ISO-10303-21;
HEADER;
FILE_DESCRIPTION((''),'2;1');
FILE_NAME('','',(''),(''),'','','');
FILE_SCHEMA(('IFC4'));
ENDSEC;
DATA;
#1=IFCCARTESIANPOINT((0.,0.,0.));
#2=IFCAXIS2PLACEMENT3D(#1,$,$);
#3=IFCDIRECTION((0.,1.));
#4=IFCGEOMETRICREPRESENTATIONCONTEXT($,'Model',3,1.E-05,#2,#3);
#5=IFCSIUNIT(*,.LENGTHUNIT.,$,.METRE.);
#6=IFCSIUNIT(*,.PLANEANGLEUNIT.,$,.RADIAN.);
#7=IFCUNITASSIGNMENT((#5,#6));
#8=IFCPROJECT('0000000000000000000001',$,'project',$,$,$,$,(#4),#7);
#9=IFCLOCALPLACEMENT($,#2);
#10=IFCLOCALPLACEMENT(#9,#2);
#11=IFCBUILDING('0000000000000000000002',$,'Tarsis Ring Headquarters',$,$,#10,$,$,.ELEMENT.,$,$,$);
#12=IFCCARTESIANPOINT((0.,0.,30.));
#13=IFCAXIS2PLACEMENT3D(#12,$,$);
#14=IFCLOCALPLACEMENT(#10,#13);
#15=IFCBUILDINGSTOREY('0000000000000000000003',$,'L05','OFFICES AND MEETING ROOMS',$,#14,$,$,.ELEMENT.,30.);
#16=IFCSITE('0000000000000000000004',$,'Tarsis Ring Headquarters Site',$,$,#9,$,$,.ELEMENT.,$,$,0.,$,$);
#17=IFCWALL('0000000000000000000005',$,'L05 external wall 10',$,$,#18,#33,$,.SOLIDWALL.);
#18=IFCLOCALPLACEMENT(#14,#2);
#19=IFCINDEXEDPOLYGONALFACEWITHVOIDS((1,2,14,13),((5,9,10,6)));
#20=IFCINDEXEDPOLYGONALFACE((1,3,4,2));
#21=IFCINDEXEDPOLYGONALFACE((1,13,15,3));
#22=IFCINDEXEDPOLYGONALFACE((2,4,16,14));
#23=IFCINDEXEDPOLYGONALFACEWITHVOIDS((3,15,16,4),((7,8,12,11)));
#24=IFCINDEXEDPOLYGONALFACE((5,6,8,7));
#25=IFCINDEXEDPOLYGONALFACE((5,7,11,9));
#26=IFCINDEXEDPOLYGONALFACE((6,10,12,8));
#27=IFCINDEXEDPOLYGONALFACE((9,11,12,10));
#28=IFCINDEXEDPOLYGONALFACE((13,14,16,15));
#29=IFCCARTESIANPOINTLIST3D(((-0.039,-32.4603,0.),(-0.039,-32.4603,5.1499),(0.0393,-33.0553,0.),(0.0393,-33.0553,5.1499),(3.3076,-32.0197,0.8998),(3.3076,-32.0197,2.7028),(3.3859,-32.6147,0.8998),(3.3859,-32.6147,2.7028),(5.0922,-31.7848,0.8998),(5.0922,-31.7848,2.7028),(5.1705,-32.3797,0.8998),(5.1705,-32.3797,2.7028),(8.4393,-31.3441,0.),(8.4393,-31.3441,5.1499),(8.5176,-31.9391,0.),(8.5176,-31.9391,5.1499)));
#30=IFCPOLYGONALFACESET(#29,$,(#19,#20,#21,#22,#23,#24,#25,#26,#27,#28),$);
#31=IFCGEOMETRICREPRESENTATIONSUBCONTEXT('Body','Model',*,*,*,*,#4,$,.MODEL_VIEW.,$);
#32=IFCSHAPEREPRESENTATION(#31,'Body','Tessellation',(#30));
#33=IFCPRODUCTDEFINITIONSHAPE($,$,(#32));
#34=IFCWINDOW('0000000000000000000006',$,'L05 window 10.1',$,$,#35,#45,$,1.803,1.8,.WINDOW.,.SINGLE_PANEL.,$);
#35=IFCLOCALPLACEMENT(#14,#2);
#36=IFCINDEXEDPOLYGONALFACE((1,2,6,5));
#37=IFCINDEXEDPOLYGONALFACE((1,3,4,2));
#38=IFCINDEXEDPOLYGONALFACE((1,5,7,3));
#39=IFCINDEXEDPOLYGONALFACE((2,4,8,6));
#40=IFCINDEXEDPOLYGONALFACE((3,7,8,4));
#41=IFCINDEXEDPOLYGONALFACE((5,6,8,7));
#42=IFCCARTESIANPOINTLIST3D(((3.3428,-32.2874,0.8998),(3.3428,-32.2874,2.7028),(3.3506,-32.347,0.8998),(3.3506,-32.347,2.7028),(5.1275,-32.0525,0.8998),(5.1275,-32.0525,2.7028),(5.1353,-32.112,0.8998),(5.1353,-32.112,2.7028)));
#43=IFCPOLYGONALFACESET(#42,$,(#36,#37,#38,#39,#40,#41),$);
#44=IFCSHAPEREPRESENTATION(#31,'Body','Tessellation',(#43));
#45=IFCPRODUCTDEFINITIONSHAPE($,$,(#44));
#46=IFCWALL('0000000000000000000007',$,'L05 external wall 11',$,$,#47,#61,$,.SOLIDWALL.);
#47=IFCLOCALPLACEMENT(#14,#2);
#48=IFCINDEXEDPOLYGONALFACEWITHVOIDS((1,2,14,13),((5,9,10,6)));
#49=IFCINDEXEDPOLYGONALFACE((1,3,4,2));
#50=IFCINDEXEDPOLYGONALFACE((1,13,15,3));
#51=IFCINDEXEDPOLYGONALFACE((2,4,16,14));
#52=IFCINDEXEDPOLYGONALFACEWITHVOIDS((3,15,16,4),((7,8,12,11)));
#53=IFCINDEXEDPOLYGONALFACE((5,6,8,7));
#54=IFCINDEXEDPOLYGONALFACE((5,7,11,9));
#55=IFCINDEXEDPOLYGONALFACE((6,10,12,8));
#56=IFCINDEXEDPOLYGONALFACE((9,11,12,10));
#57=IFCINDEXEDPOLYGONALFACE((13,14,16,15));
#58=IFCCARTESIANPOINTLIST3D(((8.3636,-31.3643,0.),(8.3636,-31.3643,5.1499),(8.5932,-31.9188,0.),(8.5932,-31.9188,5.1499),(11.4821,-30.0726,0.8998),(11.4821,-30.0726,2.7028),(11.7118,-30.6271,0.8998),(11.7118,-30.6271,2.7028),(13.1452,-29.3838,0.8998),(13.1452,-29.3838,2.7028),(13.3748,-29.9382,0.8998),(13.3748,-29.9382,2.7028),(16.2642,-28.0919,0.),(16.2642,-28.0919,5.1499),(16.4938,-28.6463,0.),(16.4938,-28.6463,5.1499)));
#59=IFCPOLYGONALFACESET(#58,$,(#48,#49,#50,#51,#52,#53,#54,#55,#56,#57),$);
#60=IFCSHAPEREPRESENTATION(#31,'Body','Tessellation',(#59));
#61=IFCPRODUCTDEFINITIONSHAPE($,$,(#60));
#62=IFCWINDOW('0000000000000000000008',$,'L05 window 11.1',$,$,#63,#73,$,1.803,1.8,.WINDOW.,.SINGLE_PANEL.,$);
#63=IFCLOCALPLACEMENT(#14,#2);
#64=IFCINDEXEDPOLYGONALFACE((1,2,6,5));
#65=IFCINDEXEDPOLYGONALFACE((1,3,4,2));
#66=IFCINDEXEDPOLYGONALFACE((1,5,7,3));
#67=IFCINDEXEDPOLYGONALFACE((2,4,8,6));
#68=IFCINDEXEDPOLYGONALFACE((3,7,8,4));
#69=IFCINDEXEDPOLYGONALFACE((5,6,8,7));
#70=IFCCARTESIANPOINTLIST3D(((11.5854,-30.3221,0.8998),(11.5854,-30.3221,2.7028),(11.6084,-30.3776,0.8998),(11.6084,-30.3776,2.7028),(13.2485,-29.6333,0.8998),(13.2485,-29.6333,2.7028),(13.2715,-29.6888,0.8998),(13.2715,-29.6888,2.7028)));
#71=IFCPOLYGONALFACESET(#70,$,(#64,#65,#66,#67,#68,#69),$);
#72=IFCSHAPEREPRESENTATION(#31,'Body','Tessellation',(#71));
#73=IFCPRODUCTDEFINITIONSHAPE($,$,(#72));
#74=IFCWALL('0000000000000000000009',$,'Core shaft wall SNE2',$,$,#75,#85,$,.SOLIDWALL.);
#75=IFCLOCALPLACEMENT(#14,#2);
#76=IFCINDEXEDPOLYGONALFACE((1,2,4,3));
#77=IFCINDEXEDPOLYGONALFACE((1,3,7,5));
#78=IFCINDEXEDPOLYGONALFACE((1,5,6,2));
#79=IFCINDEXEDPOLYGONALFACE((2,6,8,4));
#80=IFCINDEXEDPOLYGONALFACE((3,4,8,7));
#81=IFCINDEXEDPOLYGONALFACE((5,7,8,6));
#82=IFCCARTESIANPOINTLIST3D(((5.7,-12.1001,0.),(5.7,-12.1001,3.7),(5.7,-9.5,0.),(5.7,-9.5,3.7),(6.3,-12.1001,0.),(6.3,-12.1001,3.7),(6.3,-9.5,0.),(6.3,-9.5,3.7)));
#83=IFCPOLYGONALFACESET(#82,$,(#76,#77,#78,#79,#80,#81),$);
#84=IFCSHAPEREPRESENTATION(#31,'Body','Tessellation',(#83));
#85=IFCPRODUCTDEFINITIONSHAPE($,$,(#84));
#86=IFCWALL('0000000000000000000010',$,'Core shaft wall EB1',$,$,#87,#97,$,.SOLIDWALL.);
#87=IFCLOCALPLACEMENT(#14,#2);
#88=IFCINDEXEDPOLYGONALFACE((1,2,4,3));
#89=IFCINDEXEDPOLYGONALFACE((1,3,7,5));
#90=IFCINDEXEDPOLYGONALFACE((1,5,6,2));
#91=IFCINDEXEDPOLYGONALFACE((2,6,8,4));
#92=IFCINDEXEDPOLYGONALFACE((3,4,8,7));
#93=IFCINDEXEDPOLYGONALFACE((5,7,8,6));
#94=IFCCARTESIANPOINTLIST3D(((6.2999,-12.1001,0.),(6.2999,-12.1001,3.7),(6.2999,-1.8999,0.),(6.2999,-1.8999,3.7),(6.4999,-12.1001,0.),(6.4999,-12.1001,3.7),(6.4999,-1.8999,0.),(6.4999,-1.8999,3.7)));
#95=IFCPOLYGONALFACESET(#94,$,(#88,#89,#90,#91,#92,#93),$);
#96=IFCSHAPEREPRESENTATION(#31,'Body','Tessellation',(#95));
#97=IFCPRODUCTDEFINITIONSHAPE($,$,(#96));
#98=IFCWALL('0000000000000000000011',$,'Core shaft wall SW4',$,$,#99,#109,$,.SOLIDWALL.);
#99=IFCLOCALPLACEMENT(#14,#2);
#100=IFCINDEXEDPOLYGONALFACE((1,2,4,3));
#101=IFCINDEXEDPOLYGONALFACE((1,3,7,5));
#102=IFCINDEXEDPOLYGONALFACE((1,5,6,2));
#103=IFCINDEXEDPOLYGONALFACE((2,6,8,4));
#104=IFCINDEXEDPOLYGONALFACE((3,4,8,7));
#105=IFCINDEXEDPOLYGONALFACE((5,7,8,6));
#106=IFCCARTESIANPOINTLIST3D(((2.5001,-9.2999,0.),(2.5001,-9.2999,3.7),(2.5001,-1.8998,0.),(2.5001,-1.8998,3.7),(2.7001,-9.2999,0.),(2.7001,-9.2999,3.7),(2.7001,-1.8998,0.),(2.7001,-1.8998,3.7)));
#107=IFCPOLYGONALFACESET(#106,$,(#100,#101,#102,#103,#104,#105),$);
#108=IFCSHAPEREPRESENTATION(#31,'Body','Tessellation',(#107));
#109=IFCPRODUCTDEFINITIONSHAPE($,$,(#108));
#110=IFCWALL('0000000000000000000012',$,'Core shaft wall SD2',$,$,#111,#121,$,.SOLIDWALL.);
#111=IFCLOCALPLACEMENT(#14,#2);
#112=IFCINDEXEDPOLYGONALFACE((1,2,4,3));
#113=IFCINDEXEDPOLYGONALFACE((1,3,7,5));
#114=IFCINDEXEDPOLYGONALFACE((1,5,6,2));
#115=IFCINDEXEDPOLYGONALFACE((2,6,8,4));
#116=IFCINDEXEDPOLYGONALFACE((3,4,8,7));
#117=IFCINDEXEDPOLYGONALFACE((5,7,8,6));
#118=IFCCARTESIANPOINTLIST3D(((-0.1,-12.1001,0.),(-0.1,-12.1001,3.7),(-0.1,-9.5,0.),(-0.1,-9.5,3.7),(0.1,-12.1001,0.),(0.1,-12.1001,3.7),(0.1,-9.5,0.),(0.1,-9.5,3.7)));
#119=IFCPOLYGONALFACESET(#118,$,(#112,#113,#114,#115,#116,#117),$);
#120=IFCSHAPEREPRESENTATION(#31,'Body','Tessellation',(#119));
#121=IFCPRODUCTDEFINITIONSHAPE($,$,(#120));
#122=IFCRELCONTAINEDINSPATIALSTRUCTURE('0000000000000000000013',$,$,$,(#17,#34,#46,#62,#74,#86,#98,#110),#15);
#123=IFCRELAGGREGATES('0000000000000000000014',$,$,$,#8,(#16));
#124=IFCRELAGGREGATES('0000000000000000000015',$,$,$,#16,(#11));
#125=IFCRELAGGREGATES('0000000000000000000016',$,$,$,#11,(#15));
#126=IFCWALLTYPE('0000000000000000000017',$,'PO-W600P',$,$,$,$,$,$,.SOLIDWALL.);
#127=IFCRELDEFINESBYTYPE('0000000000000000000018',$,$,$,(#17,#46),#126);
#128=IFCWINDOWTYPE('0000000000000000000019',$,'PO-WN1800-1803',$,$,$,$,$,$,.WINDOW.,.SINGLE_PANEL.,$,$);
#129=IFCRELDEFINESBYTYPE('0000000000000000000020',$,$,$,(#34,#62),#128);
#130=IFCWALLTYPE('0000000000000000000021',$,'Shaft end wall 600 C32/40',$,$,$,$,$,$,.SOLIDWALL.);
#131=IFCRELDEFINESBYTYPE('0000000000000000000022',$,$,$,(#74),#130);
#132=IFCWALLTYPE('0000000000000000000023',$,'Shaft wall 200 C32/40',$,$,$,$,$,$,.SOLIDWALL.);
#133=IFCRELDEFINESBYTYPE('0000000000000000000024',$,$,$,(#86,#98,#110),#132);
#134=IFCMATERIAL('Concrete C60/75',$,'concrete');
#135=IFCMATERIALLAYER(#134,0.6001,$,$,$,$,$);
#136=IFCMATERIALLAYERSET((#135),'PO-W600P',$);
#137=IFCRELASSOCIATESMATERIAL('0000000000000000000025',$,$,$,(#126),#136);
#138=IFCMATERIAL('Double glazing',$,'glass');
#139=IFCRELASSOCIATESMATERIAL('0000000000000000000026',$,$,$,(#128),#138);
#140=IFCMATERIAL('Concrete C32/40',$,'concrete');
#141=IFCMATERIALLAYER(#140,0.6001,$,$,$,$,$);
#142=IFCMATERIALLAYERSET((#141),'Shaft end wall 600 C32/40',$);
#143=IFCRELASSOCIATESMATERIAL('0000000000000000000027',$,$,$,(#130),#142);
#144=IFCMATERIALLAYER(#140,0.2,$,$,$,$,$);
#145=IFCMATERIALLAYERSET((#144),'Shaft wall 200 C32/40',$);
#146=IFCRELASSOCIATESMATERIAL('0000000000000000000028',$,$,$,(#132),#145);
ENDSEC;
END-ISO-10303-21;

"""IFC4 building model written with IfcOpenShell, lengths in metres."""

from ifc_helpers import new_model, si_unit, direction, frame, frame_2d, origin, place, context, subcontext, project, spatial, rectangle, extrude, material, layer, layer_set, type_object, element, fill, save


model = new_model("IFC4")

# Units and contexts
model_context = context("Model", 3, precision=1e-05, world=origin(), true_north=direction((0.0, 1.0)))
body_context = subcontext(model_context, "Body", "Model", "MODEL_VIEW")
ifc_project = project(units=[si_unit("LENGTHUNIT", "METRE"), si_unit("PLANEANGLEUNIT", "RADIAN")], contexts=[model_context])

# Site, building, storey
site_placement = place(None, origin())
site = spatial("IfcSite", under=ifc_project, at=site_placement, Name="Tarsis Ring Headquarters Site", CompositionType="ELEMENT", RefElevation=0.0)
building_placement = place(site_placement, origin())
building = spatial("IfcBuilding", under=site, at=building_placement, Name="Tarsis Ring Headquarters", CompositionType="ELEMENT")
storey_placement = place(building_placement, frame((0.0, 0.0, 30.0)))
storey = spatial("IfcBuildingStorey", under=building, at=storey_placement, Name="L05", Description="OFFICES AND MEETING ROOMS", CompositionType="ELEMENT", Elevation=30.0)

# Shared definitions
ifc_material_1 = material(Name="Concrete C60/75", Category="concrete")
ifc_layer_1 = layer(ifc_material_1, 0.6001)
ifc_layer_set_1 = layer_set([ifc_layer_1], Name="PO-W600P")
wall_type_1 = type_object("IfcWallType", Name="PO-W600P", PredefinedType="SOLIDWALL", material=ifc_layer_set_1)

# Walls, openings, windows
wall_1_placement = place(storey_placement, frame((0.0, -32.7578, 0.0), z_axis=(0.0, 0.0, 1.0), x_axis=(0.991444, 0.130529, 0.0)))
wall_1 = element("IfcWall", 1, at=wall_1_placement, inside=storey, type_object=wall_type_1, Name="L05 external wall 10", PredefinedType="SOLIDWALL", context=body_context, shape_type="SweptSolid", body=[
    extrude(rectangle(XDim=8.5515, YDim=0.6001, at=frame_2d((4.2759, 0.0))), origin(), (0.0, 0.0, 1.0), 5.1499),
])
opening_1_placement = place(wall_1_placement, frame((3.3757, 0.0, 0.8999)))
opening_1 = element("IfcOpeningElement", 2, at=opening_1_placement, cuts=wall_1, PredefinedType="OPENING", context=body_context, shape_type="SweptSolid", body=[
    extrude(rectangle(XDim=1.8, YDim=1.803, at=frame_2d((0.8999, 0.9014))), frame((0.0, 0.3101, 0.0), z_axis=(0.0, -1.0, 0.0), x_axis=(1.0, 0.0, 0.0)), (0.0, 0.0, 1.0), 0.6201),
])
ifc_material_2 = material(Name="Double glazing", Category="glass")
window_type = type_object("IfcWindowType", Name="PO-WN1800-1803", PartitioningType="SINGLE_PANEL", PredefinedType="WINDOW", material=ifc_material_2)
window_1_placement = place(opening_1_placement, origin())
window_1 = element("IfcWindow", 3, at=window_1_placement, inside=storey, type_object=window_type, Name="L05 window 10.1", OverallHeight=1.803, OverallWidth=1.8, PartitioningType="SINGLE_PANEL", PredefinedType="WINDOW", context=body_context, shape_type="SweptSolid", body=[
    extrude(rectangle(XDim=1.8, YDim=1.803, at=frame_2d((0.8999, 0.9014))), frame((0.0, 0.03, 0.0), z_axis=(0.0, -1.0, 0.0), x_axis=(1.0, 0.0, 0.0)), (0.0, 0.0, 1.0), 0.0601),
])
fill(opening_1, window_1)
wall_2_placement = place(storey_placement, frame((8.4783, -31.6416, 0.0), z_axis=(0.0, 0.0, 1.0), x_axis=(0.923883, 0.382675, 0.0)))
wall_2 = element("IfcWall", 4, at=wall_2_placement, inside=storey, type_object=wall_type_1, Name="L05 external wall 11", PredefinedType="SOLIDWALL", context=body_context, shape_type="SweptSolid", body=[
    extrude(rectangle(XDim=8.5515, YDim=0.6001, at=frame_2d((4.2759, 0.0))), origin(), (0.0, 0.0, 1.0), 5.1499),
])
opening_2_placement = place(wall_2_placement, frame((3.3757, 0.0, 0.8999)))
opening_2 = element("IfcOpeningElement", 5, at=opening_2_placement, cuts=wall_2, PredefinedType="OPENING", context=body_context, shape_type="SweptSolid", body=[
    extrude(rectangle(XDim=1.8, YDim=1.803, at=frame_2d((0.8999, 0.9014))), frame((0.0, 0.3101, 0.0), z_axis=(0.0, -1.0, 0.0), x_axis=(1.0, 0.0, 0.0)), (0.0, 0.0, 1.0), 0.6201),
])
window_2_placement = place(opening_2_placement, origin())
window_2 = element("IfcWindow", 6, at=window_2_placement, inside=storey, type_object=window_type, Name="L05 window 11.1", OverallHeight=1.803, OverallWidth=1.8, PartitioningType="SINGLE_PANEL", PredefinedType="WINDOW", context=body_context, shape_type="SweptSolid", body=[
    extrude(rectangle(XDim=1.8, YDim=1.803, at=frame_2d((0.8999, 0.9014))), frame((0.0, 0.03, 0.0), z_axis=(0.0, -1.0, 0.0), x_axis=(1.0, 0.0, 0.0)), (0.0, 0.0, 1.0), 0.0601),
])
fill(opening_2, window_2)

# Walls
ifc_material_3 = material(Name="Concrete C32/40", Category="concrete")
ifc_layer_2 = layer(ifc_material_3, 0.6001)
ifc_layer_set_2 = layer_set([ifc_layer_2], Name="Shaft end wall 600 C32/40")
wall_type_2 = type_object("IfcWallType", Name="Shaft end wall 600 C32/40", PredefinedType="SOLIDWALL", material=ifc_layer_set_2)
wall_3_placement = place(storey_placement, frame((6.0, -12.1001, 0.0), z_axis=(0.0, 0.0, 1.0), x_axis=(0.0, 1.0, 0.0)))
element("IfcWall", 7, at=wall_3_placement, inside=storey, type_object=wall_type_2, Name="Core shaft wall SNE2", PredefinedType="SOLIDWALL", context=body_context, shape_type="SweptSolid", body=[
    extrude(rectangle(XDim=2.6001, YDim=0.6001, at=frame_2d((1.3, 0.0))), origin(), (0.0, 0.0, 1.0), 3.7),
])
ifc_layer_3 = layer(ifc_material_3, 0.2)
ifc_layer_set_3 = layer_set([ifc_layer_3], Name="Shaft wall 200 C32/40")
wall_type_3 = type_object("IfcWallType", Name="Shaft wall 200 C32/40", PredefinedType="SOLIDWALL", material=ifc_layer_set_3)
wall_4_placement = place(storey_placement, frame((6.3999, -12.1001, 0.0), z_axis=(0.0, 0.0, 1.0), x_axis=(0.0, 1.0, 0.0)))
element("IfcWall", 8, at=wall_4_placement, inside=storey, type_object=wall_type_3, Name="Core shaft wall EB1", PredefinedType="SOLIDWALL", context=body_context, shape_type="SweptSolid", body=[
    extrude(rectangle(XDim=10.2002, YDim=0.2, at=frame_2d((5.1001, 0.0))), origin(), (0.0, 0.0, 1.0), 3.7),
])
wall_5_placement = place(storey_placement, frame((2.6001, -9.3, 0.0), z_axis=(0.0, 0.0, 1.0), x_axis=(0.0, 1.0, 0.0)))
element("IfcWall", 9, at=wall_5_placement, inside=storey, type_object=wall_type_3, Name="Core shaft wall SW4", PredefinedType="SOLIDWALL", context=body_context, shape_type="SweptSolid", body=[
    extrude(rectangle(XDim=7.4001, YDim=0.2, at=frame_2d((3.7002, 0.0))), origin(), (0.0, 0.0, 1.0), 3.7),
])
wall_6_placement = place(storey_placement, frame((0.0, -12.1001, 0.0), z_axis=(0.0, 0.0, 1.0), x_axis=(0.0, 1.0, 0.0)))
element("IfcWall", 10, at=wall_6_placement, inside=storey, type_object=wall_type_3, Name="Core shaft wall SD2", PredefinedType="SOLIDWALL", context=body_context, shape_type="SweptSolid", body=[
    extrude(rectangle(XDim=2.6001, YDim=0.2, at=frame_2d((1.3, 0.0))), origin(), (0.0, 0.0, 1.0), 3.7),
])

save(model, "model.ifc")
